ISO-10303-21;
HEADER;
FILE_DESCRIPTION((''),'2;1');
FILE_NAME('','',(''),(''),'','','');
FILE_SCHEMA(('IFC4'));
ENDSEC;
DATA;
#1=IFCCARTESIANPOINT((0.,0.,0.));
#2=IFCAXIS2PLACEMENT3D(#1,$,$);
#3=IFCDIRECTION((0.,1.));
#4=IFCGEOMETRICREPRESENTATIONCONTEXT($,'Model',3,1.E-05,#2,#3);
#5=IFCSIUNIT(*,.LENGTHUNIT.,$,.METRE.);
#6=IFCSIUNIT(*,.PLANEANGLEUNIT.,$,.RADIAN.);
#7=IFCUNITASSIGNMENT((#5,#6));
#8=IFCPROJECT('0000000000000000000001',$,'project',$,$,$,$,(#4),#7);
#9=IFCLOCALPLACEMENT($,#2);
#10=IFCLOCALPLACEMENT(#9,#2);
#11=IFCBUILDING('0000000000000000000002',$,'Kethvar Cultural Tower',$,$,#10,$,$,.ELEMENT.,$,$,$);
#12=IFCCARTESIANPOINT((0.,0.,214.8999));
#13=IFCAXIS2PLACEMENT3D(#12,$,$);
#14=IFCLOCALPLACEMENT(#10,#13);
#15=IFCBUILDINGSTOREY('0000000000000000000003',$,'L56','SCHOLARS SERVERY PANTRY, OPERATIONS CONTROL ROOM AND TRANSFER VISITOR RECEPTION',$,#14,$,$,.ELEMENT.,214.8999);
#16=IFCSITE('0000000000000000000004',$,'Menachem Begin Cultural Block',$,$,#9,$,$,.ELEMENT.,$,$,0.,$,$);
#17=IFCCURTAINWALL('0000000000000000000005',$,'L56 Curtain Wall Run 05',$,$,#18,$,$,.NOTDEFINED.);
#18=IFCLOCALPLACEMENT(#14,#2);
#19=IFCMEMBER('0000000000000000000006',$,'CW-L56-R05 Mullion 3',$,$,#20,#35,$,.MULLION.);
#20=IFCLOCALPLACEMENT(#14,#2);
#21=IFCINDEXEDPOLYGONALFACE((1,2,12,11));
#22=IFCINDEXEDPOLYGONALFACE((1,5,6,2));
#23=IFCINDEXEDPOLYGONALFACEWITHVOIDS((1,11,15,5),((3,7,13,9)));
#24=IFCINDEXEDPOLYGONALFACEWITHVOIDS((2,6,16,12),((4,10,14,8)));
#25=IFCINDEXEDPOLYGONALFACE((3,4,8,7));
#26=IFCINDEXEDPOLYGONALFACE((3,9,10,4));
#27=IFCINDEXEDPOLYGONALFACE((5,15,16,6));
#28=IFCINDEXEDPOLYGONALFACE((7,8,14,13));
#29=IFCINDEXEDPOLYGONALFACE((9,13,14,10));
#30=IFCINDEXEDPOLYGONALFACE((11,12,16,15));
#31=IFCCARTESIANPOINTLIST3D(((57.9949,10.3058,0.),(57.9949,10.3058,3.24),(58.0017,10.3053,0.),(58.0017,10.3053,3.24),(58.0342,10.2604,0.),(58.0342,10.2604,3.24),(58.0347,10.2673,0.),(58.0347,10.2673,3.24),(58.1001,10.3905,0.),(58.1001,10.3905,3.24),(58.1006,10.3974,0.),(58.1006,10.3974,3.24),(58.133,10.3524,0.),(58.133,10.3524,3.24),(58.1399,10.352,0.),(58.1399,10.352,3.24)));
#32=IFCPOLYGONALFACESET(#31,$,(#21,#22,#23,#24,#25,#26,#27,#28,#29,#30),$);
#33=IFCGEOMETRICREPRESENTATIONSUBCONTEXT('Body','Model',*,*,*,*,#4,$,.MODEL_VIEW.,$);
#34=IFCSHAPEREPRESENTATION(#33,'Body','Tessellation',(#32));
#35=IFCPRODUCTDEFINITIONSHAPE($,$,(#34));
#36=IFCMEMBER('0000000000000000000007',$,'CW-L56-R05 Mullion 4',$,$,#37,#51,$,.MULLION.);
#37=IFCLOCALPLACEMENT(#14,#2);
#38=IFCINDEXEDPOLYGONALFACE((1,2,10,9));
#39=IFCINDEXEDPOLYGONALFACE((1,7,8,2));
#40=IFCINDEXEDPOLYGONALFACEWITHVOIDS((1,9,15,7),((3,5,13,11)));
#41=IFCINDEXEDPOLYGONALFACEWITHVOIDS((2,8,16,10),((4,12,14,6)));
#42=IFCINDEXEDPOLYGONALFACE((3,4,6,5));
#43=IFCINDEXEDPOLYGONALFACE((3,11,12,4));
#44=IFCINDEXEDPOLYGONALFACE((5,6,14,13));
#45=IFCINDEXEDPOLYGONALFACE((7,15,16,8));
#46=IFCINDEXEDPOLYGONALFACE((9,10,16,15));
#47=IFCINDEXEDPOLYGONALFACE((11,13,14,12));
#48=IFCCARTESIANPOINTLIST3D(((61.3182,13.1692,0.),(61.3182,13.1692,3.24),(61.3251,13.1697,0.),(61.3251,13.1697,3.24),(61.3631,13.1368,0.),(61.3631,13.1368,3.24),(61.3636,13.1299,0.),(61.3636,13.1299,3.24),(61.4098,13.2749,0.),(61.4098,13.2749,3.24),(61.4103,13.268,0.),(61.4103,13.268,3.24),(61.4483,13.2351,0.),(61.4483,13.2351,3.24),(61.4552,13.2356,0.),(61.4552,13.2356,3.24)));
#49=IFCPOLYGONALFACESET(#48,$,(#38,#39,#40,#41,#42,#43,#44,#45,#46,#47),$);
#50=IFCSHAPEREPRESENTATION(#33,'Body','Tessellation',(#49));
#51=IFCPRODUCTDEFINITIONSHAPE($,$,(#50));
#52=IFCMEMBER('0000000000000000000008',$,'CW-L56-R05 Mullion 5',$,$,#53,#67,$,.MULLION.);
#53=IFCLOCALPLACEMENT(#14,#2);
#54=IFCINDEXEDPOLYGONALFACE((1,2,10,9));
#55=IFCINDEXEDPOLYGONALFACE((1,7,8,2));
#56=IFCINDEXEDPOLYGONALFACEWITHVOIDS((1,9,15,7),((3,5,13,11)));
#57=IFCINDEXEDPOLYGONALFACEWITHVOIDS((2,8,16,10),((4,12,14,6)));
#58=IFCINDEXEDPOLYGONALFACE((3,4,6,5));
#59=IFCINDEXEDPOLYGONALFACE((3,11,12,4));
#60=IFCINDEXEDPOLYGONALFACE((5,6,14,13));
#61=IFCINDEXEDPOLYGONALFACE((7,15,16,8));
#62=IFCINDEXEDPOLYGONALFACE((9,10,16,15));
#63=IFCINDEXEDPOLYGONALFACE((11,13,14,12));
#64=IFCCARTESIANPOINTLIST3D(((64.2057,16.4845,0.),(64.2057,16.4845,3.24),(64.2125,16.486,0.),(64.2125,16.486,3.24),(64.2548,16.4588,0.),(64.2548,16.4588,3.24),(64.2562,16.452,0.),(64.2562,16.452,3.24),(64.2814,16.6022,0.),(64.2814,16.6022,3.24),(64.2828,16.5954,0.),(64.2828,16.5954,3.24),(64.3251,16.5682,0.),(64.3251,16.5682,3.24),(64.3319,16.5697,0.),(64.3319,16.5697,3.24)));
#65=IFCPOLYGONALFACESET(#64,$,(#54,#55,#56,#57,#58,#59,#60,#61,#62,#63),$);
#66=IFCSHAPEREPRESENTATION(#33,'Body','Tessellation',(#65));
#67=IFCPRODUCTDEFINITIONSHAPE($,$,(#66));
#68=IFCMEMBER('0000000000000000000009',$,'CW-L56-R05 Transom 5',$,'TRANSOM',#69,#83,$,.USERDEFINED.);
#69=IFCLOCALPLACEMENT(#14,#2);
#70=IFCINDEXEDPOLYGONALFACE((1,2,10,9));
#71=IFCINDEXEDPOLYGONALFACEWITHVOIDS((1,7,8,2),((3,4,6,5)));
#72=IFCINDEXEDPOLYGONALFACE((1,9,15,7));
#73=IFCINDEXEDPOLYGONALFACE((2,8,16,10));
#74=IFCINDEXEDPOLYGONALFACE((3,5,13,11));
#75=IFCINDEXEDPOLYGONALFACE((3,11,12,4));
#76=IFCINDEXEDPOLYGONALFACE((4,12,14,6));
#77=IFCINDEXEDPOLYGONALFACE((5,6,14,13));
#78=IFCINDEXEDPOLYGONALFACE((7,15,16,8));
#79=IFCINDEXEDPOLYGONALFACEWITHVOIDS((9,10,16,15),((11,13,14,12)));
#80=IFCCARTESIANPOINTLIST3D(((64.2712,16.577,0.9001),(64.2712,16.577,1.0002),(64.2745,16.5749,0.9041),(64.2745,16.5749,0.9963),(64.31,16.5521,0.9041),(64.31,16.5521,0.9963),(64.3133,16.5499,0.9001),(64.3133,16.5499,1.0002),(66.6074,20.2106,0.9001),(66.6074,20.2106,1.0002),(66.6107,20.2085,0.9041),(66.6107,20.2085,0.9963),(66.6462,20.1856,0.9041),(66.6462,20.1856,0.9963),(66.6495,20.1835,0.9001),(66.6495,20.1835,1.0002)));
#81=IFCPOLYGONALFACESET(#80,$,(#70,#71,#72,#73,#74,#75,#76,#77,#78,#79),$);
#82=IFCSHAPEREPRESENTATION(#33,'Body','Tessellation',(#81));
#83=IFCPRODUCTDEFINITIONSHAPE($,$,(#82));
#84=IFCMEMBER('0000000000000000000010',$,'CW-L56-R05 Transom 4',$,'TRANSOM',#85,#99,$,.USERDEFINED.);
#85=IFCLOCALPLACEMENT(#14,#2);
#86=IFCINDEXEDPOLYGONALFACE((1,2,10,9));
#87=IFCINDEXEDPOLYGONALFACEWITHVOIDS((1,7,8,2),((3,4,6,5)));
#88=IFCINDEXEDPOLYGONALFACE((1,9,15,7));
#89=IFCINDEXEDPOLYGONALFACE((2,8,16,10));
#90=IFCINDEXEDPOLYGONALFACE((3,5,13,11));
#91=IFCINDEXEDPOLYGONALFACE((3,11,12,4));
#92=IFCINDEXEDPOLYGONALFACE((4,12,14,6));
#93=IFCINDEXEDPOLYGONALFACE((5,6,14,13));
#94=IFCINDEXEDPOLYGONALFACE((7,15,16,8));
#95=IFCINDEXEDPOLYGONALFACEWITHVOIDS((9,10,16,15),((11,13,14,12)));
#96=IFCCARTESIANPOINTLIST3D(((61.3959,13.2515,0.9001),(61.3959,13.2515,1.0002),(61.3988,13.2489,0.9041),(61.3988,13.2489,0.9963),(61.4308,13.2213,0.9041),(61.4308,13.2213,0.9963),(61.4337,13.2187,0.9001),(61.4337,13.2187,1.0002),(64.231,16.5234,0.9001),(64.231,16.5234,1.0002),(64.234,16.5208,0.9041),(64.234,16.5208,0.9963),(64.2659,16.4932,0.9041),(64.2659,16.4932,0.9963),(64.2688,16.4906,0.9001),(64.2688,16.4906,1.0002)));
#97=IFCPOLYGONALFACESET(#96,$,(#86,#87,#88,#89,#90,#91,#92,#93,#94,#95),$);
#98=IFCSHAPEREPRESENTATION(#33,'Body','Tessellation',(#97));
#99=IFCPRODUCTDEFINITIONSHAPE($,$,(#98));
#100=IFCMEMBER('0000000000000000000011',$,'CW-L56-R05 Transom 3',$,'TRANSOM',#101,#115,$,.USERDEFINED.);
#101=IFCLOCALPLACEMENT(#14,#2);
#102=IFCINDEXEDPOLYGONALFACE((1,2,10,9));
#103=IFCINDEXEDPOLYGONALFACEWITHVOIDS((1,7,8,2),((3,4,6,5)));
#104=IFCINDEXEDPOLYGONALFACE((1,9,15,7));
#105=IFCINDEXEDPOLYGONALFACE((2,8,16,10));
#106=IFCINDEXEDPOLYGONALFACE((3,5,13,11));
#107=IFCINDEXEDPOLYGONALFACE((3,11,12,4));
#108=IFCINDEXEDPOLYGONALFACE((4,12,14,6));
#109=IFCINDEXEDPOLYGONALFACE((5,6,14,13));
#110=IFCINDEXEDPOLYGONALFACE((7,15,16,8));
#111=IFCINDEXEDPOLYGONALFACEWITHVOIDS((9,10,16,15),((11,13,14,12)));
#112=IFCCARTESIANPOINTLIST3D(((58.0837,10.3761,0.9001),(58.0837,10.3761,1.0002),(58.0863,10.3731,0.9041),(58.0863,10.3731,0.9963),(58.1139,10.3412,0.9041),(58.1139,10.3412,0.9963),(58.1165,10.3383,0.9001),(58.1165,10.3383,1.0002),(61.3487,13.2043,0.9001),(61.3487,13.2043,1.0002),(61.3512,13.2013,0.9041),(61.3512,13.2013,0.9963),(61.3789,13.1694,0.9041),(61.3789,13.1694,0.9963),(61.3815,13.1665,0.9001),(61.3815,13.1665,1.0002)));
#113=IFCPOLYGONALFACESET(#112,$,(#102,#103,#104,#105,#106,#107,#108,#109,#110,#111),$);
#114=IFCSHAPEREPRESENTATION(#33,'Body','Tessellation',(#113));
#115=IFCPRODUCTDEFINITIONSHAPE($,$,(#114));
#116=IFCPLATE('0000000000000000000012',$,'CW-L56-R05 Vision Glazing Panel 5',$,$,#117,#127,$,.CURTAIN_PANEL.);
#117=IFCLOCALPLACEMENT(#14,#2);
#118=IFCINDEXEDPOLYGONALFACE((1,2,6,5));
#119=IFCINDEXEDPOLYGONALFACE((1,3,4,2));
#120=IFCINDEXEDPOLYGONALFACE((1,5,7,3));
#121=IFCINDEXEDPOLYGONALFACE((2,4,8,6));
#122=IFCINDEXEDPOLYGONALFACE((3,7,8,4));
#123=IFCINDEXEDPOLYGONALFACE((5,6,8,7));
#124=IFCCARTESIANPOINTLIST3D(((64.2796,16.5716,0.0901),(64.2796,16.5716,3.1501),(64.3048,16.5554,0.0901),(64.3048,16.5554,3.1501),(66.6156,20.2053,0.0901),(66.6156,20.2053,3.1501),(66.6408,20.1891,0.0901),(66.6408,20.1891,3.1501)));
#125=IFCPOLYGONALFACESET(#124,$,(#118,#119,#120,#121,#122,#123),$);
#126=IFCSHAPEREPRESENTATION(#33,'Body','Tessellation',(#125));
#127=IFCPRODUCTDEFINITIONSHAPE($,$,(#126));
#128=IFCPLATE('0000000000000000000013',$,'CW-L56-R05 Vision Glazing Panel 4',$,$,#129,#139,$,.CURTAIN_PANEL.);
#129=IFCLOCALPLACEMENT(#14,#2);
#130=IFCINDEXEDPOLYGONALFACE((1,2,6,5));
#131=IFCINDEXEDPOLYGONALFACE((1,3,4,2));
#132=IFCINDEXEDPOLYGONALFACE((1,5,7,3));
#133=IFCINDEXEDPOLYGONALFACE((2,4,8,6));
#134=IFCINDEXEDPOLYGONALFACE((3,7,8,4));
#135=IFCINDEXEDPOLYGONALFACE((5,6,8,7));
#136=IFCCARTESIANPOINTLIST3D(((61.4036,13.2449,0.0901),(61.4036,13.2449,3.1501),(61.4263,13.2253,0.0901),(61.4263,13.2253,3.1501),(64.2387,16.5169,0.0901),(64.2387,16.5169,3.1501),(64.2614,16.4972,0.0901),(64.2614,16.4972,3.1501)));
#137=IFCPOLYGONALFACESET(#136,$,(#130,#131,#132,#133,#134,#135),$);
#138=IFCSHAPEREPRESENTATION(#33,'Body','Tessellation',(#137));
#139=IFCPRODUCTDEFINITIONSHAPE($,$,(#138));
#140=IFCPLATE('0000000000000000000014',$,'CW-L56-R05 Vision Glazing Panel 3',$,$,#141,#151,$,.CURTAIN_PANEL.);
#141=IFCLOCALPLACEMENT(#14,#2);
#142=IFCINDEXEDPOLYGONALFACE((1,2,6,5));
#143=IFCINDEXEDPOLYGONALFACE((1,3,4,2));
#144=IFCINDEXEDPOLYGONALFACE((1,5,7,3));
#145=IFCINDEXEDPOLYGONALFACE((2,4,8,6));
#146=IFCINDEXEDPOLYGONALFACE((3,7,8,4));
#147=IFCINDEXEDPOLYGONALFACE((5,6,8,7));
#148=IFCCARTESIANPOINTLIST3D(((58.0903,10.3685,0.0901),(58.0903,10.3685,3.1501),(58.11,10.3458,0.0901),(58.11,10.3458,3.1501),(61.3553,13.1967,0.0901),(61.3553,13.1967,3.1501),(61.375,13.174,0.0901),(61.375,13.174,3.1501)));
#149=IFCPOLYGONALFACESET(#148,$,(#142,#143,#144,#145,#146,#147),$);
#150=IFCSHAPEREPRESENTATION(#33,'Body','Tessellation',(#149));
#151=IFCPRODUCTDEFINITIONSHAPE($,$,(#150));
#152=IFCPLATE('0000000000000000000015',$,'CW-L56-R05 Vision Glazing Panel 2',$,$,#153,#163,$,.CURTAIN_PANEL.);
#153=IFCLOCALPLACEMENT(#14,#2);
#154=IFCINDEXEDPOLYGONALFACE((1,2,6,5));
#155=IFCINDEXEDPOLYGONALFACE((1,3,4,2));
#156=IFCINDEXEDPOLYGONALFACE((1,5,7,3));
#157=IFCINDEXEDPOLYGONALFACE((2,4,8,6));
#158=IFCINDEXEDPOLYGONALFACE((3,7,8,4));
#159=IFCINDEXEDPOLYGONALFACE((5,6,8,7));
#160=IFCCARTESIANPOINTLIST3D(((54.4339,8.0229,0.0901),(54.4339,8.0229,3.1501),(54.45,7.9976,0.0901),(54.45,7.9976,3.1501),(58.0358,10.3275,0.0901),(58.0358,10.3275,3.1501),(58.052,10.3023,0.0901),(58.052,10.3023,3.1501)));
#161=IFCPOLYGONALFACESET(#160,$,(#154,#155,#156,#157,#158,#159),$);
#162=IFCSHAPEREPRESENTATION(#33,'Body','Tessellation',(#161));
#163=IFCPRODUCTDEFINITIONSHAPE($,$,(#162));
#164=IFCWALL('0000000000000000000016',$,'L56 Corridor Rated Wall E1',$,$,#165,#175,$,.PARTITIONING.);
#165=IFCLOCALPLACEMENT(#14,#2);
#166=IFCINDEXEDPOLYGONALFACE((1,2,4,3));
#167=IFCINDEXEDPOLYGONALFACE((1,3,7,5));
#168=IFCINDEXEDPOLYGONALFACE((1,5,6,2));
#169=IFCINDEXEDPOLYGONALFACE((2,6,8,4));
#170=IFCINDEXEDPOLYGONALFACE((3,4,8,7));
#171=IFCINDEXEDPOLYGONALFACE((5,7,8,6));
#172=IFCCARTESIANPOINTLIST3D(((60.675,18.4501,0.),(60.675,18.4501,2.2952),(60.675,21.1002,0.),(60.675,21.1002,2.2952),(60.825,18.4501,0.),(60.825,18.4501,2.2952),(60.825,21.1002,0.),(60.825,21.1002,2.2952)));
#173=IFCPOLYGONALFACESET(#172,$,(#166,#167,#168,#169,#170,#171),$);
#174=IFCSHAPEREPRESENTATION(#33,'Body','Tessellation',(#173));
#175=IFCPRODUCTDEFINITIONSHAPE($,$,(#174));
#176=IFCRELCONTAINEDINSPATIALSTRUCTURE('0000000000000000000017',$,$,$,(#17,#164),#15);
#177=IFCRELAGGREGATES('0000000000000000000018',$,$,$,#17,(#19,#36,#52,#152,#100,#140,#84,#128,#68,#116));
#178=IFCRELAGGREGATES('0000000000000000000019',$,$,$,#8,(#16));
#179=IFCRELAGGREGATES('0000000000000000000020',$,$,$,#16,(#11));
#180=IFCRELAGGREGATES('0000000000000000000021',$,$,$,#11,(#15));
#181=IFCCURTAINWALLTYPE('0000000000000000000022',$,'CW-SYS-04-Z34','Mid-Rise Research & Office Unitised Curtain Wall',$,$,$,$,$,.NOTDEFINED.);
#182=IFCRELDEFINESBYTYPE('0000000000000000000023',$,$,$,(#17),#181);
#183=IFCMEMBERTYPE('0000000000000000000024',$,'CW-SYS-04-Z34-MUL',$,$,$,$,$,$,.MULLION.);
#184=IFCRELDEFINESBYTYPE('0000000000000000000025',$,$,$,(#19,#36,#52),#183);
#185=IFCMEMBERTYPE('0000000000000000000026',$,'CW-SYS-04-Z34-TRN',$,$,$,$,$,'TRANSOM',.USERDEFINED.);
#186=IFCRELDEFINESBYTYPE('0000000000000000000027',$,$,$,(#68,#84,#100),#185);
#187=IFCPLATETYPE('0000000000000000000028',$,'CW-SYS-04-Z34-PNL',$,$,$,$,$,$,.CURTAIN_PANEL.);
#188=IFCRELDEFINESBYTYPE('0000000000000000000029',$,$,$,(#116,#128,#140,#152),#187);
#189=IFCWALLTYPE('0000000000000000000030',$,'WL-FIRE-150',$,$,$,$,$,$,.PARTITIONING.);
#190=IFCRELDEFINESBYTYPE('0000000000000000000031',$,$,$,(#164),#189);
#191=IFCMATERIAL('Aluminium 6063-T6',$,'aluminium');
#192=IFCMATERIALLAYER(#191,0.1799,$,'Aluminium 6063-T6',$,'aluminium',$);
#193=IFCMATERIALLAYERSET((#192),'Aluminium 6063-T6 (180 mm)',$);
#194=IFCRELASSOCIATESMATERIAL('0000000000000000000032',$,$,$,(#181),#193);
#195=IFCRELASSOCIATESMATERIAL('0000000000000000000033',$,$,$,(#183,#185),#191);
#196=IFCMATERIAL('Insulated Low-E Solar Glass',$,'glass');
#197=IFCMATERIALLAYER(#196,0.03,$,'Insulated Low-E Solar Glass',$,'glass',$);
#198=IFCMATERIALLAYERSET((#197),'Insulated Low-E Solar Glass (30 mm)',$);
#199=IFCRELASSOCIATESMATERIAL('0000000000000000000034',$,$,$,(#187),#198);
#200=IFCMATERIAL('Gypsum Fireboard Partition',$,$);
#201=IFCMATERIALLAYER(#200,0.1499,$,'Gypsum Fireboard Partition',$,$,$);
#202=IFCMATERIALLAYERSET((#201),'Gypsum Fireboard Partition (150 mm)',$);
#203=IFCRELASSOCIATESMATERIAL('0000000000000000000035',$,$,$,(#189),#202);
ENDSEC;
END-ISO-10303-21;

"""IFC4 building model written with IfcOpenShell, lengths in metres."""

from ifc_helpers import new_model, si_unit, direction, frame, frame_2d, origin, origin_2d, place, context, subcontext, project, spatial, rectangle, hollow_rectangle, extrude, source, transform, mapped, material, layer, layer_set, material_profile, profile_set, type_object, element, aggregate, save


model = new_model("IFC4")

# Units and contexts
model_context = context("Model", 3, precision=1e-05, world=origin(), true_north=direction((0.0, 1.0)))
body_context = subcontext(model_context, "Body", "Model", "MODEL_VIEW")
ifc_project = project(units=[si_unit("LENGTHUNIT", "METRE"), si_unit("PLANEANGLEUNIT", "RADIAN")], contexts=[model_context])

# Site, building, storey
site_placement = place(None, origin())
site = spatial("IfcSite", under=ifc_project, at=site_placement, Name="Menachem Begin Cultural Block", CompositionType="ELEMENT", RefElevation=0.0)
building_placement = place(site_placement, origin())
building = spatial("IfcBuilding", under=site, at=building_placement, Name="Kethvar Cultural Tower", CompositionType="ELEMENT")
storey_placement = place(building_placement, frame((0.0, 0.0, 214.8999)))
storey = spatial("IfcBuildingStorey", under=building, at=storey_placement, Name="L56", Description="SCHOLARS SERVERY PANTRY, OPERATIONS CONTROL ROOM AND TRANSFER VISITOR RECEPTION", CompositionType="ELEMENT", Elevation=214.8999)

# Curtain wall, members, plates
ifc_material_1 = material(Name="Aluminium 6063-T6", Category="aluminium")
ifc_layer_1 = layer(ifc_material_1, 0.1799, Name="Aluminium 6063-T6", Category="aluminium")
ifc_layer_set_1 = layer_set([ifc_layer_1], Name="Aluminium 6063-T6 (180 mm)")
curtain_wall_type = type_object("IfcCurtainWallType", Name="CW-SYS-04-Z34", Description="Mid-Rise Research & Office Unitised Curtain Wall", PredefinedType="NOTDEFINED", material=ifc_layer_set_1)
curtain_wall_placement = place(storey_placement, origin())
curtain_wall = element("IfcCurtainWall", 1, at=curtain_wall_placement, inside=storey, type_object=curtain_wall_type, Name="L56 Curtain Wall Run 05", PredefinedType="NOTDEFINED")
ifc_material_profile_1 = material_profile(ifc_material_1, hollow_rectangle(XDim=0.0601, YDim=0.1399, WallThickness=0.0049, at=origin_2d()), Name="Aluminium 6063-T6 — RHS140x60x5")
ifc_profile_set_1 = profile_set([ifc_material_profile_1], Name="Aluminium 6063-T6 — RHS140x60x5")
member_type_1 = type_object("IfcMemberType", Name="CW-SYS-04-Z34-MUL", PredefinedType="MULLION", material=ifc_profile_set_1)
shared_shape_1 = source(origin(), body_context, "Body", "SweptSolid", [
    extrude(hollow_rectangle(XDim=0.0601, YDim=0.1399, WallThickness=0.0049, at=origin_2d()), origin(), (0.0, 0.0, 1.0), 3.24),
])
member_1_placement = place(storey_placement, frame((58.0674, 10.3289, 0.0), z_axis=(0.0, 0.0, 1.0), x_axis=(-0.654728, 0.755865, 0.0)))
member_1 = element("IfcMember", 2, at=member_1_placement, type_object=member_type_1, Name="CW-L56-R05 Mullion 3", PredefinedType="MULLION", context=body_context, shape_type="MappedRepresentation", body=[
    mapped(shared_shape_1, transform((0.0, 0.0, 0.0), scale=1.0)),
])
member_2_placement = place(storey_placement, frame((61.3867, 13.2024, 0.0), z_axis=(0.0, 0.0, 1.0), x_axis=(-0.755762, 0.654846, 0.0)))
member_2 = element("IfcMember", 3, at=member_2_placement, type_object=member_type_1, Name="CW-L56-R05 Mullion 4", PredefinedType="MULLION", context=body_context, shape_type="MappedRepresentation", body=[
    mapped(shared_shape_1, transform((0.0, 0.0, 0.0), scale=1.0)),
])
member_3_placement = place(storey_placement, frame((64.2688, 16.5271, 0.0), z_axis=(0.0, 0.0, 1.0), x_axis=(-0.841171, 0.540769, 0.0)))
member_3 = element("IfcMember", 4, at=member_3_placement, type_object=member_type_1, Name="CW-L56-R05 Mullion 5", PredefinedType="MULLION", context=body_context, shape_type="MappedRepresentation", body=[
    mapped(shared_shape_1, transform((0.0, 0.0, 0.0), scale=1.0)),
])
ifc_material_profile_2 = material_profile(ifc_material_1, hollow_rectangle(XDim=0.05, YDim=0.1001, WallThickness=0.0039, at=origin_2d()), Name="Aluminium 6063-T6 — RHS100x50x4")
ifc_profile_set_2 = profile_set([ifc_material_profile_2], Name="Aluminium 6063-T6 — RHS100x50x4")
member_type_2 = type_object("IfcMemberType", Name="CW-SYS-04-Z34-TRN", ElementType="TRANSOM", PredefinedType="USERDEFINED", material=ifc_profile_set_2)
shared_shape_2 = source(origin(), body_context, "Body", "SweptSolid", [
    extrude(hollow_rectangle(XDim=0.05, YDim=0.1001, WallThickness=0.0039, at=origin_2d()), origin(), (0.0, 0.0, 1.0), 4.3198),
])
member_4_placement = place(storey_placement, frame((64.2922, 16.5635, 0.9502), z_axis=(0.540812, 0.841144, 0.0), x_axis=(-0.841144, 0.540812, 0.0)))
member_4 = element("IfcMember", 5, at=member_4_placement, type_object=member_type_2, Name="CW-L56-R05 Transom 5", ObjectType="TRANSOM", PredefinedType="USERDEFINED", context=body_context, shape_type="MappedRepresentation", body=[
    mapped(shared_shape_2, transform((0.0, 0.0, 0.0), scale=1.0)),
])
shared_shape_3 = source(origin(), body_context, "Body", "SweptSolid", [
    extrude(hollow_rectangle(XDim=0.05, YDim=0.1001, WallThickness=0.0039, at=origin_2d()), origin(), (0.0, 0.0, 1.0), 4.3293),
])
member_5_placement = place(storey_placement, frame((61.4148, 13.2351, 0.9502), z_axis=(0.654864, 0.755747, 0.0), x_axis=(-0.755747, 0.654864, 0.0)))
member_5 = element("IfcMember", 6, at=member_5_placement, type_object=member_type_2, Name="CW-L56-R05 Transom 4", ObjectType="TRANSOM", PredefinedType="USERDEFINED", context=body_context, shape_type="MappedRepresentation", body=[
    mapped(shared_shape_3, transform((0.0, 0.0, 0.0), scale=1.0)),
])
shared_shape_4 = source(origin(), body_context, "Body", "SweptSolid", [
    extrude(hollow_rectangle(XDim=0.05, YDim=0.1001, WallThickness=0.0039, at=origin_2d()), origin(), (0.0, 0.0, 1.0), 4.3196),
])
member_6_placement = place(storey_placement, frame((58.1001, 10.3572, 0.9502), z_axis=(0.755855, 0.654739, 0.0), x_axis=(-0.654739, 0.755855, 0.0)))
member_6 = element("IfcMember", 7, at=member_6_placement, type_object=member_type_2, Name="CW-L56-R05 Transom 3", ObjectType="TRANSOM", PredefinedType="USERDEFINED", context=body_context, shape_type="MappedRepresentation", body=[
    mapped(shared_shape_4, transform((0.0, 0.0, 0.0), scale=1.0)),
])
ifc_material_2 = material(Name="Insulated Low-E Solar Glass", Category="glass")
ifc_layer_2 = layer(ifc_material_2, 0.03, Name="Insulated Low-E Solar Glass", Category="glass")
ifc_layer_set_2 = layer_set([ifc_layer_2], Name="Insulated Low-E Solar Glass (30 mm)")
plate_type = type_object("IfcPlateType", Name="CW-SYS-04-Z34-PNL", PredefinedType="CURTAIN_PANEL", material=ifc_layer_set_2)
shared_shape_5 = source(origin(), body_context, "Body", "SweptSolid", [
    extrude(rectangle(XDim=4.3198, YDim=0.03, at=origin_2d()), origin(), (0.0, 0.0, 1.0), 3.0601),
])
plate_1_placement = place(storey_placement, frame((65.4602, 18.3804, 0.0901), z_axis=(0.0, 0.0, 1.0), x_axis=(0.540769, 0.841171, 0.0)))
plate_1 = element("IfcPlate", 8, at=plate_1_placement, type_object=plate_type, Name="CW-L56-R05 Vision Glazing Panel 5", PredefinedType="CURTAIN_PANEL", context=body_context, shape_type="MappedRepresentation", body=[
    mapped(shared_shape_5, transform((0.0, 0.0, 0.0), scale=1.0)),
])
shared_shape_6 = source(origin(), body_context, "Body", "SweptSolid", [
    extrude(rectangle(XDim=4.3293, YDim=0.03, at=origin_2d()), origin(), (0.0, 0.0, 1.0), 3.0601),
])
plate_2_placement = place(storey_placement, frame((62.8325, 14.8711, 0.0901), z_axis=(0.0, 0.0, 1.0), x_axis=(0.654846, 0.755762, 0.0)))
plate_2 = element("IfcPlate", 9, at=plate_2_placement, type_object=plate_type, Name="CW-L56-R05 Vision Glazing Panel 4", PredefinedType="CURTAIN_PANEL", context=body_context, shape_type="MappedRepresentation", body=[
    mapped(shared_shape_6, transform((0.0, 0.0, 0.0), scale=1.0)),
])
shared_shape_7 = source(origin(), body_context, "Body", "SweptSolid", [
    extrude(rectangle(XDim=4.3196, YDim=0.03, at=origin_2d()), origin(), (0.0, 0.0, 1.0), 3.0601),
])
plate_3_placement = place(storey_placement, frame((59.7327, 11.7712, 0.0901), z_axis=(0.0, 0.0, 1.0), x_axis=(0.755865, 0.654728, 0.0)))
plate_3 = element("IfcPlate", 10, at=plate_3_placement, type_object=plate_type, Name="CW-L56-R05 Vision Glazing Panel 3", PredefinedType="CURTAIN_PANEL", context=body_context, shape_type="MappedRepresentation", body=[
    mapped(shared_shape_7, transform((0.0, 0.0, 0.0), scale=1.0)),
])
shared_shape_8 = source(origin(), body_context, "Body", "SweptSolid", [
    extrude(rectangle(XDim=4.2761, YDim=0.03, at=origin_2d()), origin(), (0.0, 0.0, 1.0), 3.0601),
])
plate_4_placement = place(storey_placement, frame((56.2429, 9.1626, 0.0901), z_axis=(0.0, 0.0, 1.0), x_axis=(0.84234, 0.538947, 0.0)))
plate_4 = element("IfcPlate", 11, at=plate_4_placement, type_object=plate_type, Name="CW-L56-R05 Vision Glazing Panel 2", PredefinedType="CURTAIN_PANEL", context=body_context, shape_type="MappedRepresentation", body=[
    mapped(shared_shape_8, transform((0.0, 0.0, 0.0), scale=1.0)),
])
aggregate(curtain_wall, [member_1, member_2, member_3, plate_4, member_6, plate_3, member_5, plate_2, member_4, plate_1])

# Wall
ifc_material_3 = material(Name="Gypsum Fireboard Partition")
ifc_layer_3 = layer(ifc_material_3, 0.1499, Name="Gypsum Fireboard Partition")
ifc_layer_set_3 = layer_set([ifc_layer_3], Name="Gypsum Fireboard Partition (150 mm)")
wall_type_1 = type_object("IfcWallType", Name="WL-FIRE-150", PredefinedType="PARTITIONING", material=ifc_layer_set_3)
wall_1_placement = place(storey_placement, frame((60.75, 18.45, 0.0), z_axis=(0.0, 0.0, 1.0), x_axis=(0.0, 1.0, 0.0)))
element("IfcWall", 12, at=wall_1_placement, inside=storey, type_object=wall_type_1, Name="L56 Corridor Rated Wall E1", PredefinedType="PARTITIONING", context=body_context, shape_type="SweptSolid", body=[
    extrude(rectangle(XDim=2.6501, YDim=0.1499, at=frame_2d((1.3252, 0.0))), origin(), (0.0, 0.0, 1.0), 2.2952),
])

save(model, "model.ifc")
